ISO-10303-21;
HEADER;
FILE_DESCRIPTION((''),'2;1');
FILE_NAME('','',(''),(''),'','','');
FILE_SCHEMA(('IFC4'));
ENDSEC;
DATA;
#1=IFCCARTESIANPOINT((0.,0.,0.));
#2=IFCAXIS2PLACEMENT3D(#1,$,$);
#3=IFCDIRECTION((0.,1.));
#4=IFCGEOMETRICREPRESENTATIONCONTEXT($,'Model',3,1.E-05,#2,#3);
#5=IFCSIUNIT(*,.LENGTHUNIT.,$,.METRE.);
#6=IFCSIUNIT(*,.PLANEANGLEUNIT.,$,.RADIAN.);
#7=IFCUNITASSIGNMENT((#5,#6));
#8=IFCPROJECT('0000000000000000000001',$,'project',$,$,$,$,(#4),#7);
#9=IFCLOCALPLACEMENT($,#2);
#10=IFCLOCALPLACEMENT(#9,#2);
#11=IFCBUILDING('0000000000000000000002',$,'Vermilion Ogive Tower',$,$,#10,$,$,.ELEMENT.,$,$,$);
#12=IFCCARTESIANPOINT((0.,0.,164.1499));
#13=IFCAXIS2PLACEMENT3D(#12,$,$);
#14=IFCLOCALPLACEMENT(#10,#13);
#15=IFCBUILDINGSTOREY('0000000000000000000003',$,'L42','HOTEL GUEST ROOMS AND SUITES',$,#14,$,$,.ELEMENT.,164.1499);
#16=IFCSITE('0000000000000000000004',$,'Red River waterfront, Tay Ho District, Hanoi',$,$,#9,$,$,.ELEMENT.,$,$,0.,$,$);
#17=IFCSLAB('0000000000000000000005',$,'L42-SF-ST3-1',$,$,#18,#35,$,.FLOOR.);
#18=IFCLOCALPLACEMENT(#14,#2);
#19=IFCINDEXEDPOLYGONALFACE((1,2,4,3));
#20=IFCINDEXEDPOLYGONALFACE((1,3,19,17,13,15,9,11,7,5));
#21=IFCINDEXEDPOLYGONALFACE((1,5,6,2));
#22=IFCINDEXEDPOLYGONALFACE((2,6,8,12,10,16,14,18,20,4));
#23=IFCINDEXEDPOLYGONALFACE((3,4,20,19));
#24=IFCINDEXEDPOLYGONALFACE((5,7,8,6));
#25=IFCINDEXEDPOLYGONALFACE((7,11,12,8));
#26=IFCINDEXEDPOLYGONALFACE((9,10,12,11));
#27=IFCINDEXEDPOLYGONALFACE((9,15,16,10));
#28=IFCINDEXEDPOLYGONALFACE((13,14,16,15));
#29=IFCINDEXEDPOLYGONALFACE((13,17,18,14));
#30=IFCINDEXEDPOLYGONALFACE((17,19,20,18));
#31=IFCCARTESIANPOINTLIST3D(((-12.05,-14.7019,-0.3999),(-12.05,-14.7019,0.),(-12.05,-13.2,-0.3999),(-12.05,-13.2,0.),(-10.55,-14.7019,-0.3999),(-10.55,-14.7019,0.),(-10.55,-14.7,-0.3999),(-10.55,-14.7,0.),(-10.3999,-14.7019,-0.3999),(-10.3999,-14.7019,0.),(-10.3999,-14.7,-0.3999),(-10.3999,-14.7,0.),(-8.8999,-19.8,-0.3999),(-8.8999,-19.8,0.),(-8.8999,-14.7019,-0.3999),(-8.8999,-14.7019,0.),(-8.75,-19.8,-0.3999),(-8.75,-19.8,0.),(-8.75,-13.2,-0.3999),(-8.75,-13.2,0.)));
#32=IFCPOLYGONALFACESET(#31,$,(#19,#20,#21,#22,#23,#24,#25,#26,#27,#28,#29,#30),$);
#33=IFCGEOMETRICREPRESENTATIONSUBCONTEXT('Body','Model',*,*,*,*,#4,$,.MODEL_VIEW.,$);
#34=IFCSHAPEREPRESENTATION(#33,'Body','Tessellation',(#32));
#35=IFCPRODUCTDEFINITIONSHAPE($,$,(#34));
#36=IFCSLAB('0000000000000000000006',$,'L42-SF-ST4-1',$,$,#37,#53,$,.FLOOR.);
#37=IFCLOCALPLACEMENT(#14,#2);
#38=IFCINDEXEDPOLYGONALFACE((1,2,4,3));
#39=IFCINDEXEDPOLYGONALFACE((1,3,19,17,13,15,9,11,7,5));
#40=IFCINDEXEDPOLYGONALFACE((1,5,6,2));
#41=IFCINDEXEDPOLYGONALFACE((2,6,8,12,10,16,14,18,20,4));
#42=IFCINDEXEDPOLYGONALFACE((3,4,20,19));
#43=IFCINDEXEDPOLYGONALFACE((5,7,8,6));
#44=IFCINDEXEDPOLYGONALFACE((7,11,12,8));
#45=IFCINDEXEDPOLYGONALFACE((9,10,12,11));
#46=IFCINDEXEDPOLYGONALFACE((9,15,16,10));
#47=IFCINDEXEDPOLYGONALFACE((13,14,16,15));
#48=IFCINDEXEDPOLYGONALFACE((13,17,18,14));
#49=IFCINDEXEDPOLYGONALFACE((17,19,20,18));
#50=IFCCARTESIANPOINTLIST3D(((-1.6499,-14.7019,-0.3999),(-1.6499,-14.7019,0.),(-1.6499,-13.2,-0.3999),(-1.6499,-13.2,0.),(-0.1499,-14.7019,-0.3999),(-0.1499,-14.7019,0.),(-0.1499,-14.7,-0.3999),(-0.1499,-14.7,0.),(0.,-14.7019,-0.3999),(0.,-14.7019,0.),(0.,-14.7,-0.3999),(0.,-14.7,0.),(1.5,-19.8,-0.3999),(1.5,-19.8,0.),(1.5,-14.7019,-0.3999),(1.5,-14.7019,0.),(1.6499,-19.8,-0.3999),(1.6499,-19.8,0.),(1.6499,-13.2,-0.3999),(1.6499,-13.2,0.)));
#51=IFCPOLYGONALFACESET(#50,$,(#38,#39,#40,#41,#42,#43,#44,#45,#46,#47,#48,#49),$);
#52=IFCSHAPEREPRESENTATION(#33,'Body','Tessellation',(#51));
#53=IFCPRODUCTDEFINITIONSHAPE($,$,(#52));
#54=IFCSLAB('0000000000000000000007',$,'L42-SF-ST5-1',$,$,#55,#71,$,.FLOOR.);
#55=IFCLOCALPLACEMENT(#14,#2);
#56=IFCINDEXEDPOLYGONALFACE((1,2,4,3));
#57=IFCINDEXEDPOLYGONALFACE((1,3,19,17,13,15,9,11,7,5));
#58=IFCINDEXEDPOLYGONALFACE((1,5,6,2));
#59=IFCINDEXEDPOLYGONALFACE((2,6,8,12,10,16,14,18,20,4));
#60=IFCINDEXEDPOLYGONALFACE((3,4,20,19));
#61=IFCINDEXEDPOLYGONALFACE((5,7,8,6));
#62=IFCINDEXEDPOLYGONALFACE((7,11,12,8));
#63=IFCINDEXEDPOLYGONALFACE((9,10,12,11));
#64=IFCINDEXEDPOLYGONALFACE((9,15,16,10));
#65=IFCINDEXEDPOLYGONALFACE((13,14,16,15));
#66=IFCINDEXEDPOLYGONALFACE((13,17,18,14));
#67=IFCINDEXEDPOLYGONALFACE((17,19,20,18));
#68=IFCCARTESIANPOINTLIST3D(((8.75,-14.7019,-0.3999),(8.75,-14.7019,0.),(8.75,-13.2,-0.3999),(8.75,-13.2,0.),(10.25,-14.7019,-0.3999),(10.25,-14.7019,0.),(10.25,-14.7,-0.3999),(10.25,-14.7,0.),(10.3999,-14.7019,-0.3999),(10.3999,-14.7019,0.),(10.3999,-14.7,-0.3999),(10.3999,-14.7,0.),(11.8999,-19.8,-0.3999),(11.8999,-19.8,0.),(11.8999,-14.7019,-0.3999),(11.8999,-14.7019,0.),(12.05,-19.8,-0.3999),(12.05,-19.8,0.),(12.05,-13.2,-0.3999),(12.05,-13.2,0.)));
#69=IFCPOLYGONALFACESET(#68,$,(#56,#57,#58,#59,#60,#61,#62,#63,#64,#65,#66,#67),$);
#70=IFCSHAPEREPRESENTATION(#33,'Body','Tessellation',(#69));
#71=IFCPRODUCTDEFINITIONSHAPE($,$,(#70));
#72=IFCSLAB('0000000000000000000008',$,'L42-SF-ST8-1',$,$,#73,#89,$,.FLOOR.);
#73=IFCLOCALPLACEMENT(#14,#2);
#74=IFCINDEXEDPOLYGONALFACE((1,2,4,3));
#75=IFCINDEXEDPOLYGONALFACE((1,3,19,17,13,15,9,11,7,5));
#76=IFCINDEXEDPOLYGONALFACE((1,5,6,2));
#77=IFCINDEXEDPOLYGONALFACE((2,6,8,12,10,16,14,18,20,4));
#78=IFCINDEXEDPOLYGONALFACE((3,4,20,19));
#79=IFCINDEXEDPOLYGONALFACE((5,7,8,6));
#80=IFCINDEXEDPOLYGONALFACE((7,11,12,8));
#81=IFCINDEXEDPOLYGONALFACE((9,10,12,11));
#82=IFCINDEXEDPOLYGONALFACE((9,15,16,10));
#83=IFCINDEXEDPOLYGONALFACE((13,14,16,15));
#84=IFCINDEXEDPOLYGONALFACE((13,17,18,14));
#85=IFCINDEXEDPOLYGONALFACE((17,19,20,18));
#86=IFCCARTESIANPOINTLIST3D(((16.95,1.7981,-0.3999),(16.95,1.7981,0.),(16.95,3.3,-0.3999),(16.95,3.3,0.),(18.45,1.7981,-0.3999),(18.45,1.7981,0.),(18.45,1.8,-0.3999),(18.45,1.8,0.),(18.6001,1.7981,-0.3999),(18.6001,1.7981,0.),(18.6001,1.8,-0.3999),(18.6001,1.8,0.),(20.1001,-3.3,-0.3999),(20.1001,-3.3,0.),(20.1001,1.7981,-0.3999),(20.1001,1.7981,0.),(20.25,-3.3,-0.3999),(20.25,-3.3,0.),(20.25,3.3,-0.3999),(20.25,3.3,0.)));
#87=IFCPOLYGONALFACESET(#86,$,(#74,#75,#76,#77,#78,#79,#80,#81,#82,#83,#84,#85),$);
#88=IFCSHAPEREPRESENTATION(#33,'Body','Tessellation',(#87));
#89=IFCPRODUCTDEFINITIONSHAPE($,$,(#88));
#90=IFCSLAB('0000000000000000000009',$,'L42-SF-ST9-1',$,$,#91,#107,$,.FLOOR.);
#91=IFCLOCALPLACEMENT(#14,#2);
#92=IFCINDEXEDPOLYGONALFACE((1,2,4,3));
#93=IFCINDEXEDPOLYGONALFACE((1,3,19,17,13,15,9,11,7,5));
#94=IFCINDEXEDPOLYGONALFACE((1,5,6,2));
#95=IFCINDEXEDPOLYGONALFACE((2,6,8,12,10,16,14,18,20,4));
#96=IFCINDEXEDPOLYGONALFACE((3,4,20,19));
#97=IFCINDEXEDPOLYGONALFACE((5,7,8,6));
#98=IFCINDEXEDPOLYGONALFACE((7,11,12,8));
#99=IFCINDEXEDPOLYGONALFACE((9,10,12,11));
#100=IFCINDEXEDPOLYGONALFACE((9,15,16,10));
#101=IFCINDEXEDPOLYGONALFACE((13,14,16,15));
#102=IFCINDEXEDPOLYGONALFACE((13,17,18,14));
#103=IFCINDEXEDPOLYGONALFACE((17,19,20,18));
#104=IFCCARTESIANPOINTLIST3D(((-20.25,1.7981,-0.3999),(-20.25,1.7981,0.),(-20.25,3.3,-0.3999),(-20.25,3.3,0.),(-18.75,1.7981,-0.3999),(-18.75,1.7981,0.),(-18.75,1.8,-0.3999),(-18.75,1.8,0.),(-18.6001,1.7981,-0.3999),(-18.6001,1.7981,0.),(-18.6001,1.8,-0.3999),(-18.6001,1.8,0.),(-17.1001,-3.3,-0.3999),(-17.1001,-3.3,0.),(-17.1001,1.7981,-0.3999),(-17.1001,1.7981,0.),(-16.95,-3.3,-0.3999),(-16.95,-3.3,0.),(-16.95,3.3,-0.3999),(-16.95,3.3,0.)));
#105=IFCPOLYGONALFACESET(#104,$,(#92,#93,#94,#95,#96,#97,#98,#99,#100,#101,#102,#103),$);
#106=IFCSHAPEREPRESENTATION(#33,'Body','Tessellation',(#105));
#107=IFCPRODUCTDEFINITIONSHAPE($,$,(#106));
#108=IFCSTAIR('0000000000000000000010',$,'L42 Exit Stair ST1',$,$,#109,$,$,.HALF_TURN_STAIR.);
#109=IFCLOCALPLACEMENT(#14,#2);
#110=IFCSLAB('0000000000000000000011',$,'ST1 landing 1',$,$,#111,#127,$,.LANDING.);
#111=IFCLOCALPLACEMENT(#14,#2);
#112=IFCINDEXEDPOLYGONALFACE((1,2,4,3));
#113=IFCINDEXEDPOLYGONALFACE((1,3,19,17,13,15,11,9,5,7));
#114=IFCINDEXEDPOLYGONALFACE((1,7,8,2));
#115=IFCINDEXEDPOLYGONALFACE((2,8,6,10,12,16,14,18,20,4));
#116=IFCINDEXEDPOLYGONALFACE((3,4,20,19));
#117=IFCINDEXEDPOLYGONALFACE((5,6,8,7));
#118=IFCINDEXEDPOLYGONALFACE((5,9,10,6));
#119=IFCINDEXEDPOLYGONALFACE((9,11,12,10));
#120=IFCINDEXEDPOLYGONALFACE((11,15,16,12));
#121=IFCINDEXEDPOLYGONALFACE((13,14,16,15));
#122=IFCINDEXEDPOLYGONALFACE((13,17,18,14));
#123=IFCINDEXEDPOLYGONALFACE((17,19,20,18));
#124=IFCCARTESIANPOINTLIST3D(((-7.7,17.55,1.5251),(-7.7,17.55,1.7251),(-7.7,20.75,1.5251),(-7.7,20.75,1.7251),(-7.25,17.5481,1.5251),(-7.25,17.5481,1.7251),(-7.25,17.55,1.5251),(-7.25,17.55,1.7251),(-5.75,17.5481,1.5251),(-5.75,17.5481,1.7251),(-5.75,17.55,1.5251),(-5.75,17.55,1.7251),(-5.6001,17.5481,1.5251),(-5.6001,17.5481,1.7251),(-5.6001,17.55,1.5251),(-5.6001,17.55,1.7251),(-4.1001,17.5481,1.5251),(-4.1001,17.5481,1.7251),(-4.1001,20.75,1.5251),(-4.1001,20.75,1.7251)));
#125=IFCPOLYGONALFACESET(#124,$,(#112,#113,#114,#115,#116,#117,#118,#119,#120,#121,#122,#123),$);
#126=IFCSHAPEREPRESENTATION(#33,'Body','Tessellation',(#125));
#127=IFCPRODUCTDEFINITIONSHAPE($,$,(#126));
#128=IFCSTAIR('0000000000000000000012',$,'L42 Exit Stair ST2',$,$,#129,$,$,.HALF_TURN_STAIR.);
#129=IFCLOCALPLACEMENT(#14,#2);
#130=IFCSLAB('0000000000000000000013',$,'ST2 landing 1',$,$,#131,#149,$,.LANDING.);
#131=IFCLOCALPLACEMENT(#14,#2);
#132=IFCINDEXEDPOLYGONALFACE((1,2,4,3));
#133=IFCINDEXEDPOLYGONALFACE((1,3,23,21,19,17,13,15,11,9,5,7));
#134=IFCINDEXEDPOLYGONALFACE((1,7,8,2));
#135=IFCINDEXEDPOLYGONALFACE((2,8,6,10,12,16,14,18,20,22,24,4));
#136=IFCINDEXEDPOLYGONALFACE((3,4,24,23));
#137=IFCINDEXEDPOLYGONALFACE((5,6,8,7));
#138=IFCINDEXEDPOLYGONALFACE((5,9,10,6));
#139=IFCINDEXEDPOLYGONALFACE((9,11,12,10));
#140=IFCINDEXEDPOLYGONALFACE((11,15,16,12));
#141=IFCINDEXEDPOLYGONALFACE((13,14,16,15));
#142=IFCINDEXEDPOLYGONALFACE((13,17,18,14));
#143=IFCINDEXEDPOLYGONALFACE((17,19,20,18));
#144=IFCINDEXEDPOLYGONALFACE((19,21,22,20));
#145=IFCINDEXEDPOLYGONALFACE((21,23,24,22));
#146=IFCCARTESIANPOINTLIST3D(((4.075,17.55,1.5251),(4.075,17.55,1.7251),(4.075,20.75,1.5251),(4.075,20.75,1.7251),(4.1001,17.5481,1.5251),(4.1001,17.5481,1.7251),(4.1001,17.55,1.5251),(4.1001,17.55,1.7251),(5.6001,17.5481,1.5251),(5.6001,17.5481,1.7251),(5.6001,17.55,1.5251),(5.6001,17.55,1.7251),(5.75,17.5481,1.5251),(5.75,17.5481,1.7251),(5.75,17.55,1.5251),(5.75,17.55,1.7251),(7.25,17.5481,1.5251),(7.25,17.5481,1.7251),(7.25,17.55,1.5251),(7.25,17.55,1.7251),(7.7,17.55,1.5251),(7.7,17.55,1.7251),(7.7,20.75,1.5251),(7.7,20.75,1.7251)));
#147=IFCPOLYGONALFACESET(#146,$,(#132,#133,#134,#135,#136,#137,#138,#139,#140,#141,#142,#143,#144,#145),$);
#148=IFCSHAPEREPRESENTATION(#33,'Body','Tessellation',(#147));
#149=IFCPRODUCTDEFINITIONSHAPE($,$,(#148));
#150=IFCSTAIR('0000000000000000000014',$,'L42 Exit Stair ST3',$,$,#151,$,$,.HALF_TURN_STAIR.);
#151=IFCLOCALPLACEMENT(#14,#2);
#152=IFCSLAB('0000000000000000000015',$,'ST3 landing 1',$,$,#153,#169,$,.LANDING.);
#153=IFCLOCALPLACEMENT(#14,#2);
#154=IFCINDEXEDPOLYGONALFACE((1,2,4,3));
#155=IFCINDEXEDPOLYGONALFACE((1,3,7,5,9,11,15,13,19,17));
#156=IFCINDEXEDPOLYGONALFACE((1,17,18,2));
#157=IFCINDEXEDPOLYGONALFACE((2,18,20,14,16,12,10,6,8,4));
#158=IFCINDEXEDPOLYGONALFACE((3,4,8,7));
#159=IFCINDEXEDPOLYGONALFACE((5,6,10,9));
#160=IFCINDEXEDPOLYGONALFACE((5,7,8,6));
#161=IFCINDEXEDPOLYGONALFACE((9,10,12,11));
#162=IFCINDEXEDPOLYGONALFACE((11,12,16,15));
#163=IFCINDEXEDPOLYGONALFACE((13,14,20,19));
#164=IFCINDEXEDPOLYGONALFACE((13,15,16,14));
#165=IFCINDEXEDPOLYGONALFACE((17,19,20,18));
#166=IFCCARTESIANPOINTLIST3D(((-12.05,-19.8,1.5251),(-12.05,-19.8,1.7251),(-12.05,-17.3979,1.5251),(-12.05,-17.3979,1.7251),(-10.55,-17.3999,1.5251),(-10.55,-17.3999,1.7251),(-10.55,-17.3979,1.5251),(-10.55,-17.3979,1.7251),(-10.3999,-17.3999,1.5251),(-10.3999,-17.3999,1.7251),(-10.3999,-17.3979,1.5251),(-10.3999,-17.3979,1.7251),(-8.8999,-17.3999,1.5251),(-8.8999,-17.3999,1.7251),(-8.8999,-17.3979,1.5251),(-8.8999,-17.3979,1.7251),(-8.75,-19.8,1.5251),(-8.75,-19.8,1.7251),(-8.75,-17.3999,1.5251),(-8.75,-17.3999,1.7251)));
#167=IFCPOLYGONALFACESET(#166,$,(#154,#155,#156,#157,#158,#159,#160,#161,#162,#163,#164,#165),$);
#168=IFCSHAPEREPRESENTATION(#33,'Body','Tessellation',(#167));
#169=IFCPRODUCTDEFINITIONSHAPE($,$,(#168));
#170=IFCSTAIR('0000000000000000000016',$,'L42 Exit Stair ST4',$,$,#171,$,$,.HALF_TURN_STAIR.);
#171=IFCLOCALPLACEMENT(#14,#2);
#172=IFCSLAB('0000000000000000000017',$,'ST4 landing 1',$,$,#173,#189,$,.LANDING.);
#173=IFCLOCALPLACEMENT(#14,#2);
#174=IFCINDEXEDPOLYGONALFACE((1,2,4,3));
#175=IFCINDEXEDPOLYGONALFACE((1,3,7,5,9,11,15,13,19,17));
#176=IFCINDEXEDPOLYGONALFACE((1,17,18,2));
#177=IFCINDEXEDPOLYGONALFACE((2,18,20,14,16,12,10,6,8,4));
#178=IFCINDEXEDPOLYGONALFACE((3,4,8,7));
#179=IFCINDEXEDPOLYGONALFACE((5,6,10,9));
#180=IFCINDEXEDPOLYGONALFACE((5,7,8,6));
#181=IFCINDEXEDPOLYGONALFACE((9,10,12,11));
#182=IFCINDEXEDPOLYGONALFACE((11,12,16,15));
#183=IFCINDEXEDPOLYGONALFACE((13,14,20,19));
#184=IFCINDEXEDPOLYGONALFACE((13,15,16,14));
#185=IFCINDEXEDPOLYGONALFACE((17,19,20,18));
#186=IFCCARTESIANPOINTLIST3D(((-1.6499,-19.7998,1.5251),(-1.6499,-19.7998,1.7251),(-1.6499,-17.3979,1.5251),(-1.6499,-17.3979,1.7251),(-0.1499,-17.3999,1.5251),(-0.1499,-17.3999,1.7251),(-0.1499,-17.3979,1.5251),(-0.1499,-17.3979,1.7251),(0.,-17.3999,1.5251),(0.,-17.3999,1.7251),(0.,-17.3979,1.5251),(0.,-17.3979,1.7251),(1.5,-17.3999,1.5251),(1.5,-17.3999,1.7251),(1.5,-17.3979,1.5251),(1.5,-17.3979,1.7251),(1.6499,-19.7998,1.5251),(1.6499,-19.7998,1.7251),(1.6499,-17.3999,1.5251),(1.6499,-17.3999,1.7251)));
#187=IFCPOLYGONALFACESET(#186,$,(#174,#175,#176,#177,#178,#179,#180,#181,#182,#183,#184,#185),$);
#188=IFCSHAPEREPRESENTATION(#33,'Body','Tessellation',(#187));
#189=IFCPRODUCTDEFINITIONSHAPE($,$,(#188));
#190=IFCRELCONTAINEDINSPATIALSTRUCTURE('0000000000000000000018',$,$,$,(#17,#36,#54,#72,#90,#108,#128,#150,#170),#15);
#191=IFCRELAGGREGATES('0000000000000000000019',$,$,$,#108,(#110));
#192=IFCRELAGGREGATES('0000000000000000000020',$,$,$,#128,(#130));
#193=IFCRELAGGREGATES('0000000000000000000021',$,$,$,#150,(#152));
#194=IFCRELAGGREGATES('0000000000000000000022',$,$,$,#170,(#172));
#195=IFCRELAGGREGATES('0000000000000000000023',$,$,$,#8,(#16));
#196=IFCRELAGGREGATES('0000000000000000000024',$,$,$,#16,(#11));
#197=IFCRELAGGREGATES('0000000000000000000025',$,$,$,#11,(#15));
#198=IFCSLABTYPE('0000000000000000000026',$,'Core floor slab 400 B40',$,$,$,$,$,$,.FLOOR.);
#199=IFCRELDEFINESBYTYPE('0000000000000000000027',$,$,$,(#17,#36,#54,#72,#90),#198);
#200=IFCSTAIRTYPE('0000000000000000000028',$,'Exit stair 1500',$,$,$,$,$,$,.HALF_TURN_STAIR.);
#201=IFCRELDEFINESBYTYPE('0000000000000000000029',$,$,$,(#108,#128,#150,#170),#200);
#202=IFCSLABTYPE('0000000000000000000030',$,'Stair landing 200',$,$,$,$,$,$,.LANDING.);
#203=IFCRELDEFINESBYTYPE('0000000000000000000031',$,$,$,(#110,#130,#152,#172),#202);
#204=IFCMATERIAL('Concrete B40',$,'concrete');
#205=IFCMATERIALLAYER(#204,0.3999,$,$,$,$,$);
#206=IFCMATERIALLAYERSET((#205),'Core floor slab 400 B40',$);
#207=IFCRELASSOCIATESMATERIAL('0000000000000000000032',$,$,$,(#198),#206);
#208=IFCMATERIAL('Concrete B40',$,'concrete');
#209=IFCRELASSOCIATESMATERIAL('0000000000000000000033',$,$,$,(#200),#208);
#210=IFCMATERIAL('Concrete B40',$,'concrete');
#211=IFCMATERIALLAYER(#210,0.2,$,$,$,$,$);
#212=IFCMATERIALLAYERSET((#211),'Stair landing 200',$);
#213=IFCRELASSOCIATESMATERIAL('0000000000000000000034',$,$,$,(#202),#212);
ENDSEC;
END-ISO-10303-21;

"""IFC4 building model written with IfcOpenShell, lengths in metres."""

from ifc_helpers import new_model, si_unit, direction, frame, origin, place, context, subcontext, project, spatial, polyline, outline, extrude, material, layer, layer_set, type_object, element, aggregate, save


model = new_model("IFC4")

# Units and contexts
model_context = context("Model", 3, precision=1e-05, world=origin(), true_north=direction((0.0, 1.0)))
body_context = subcontext(model_context, "Body", "Model", "MODEL_VIEW")
ifc_project = project(units=[si_unit("LENGTHUNIT", "METRE"), si_unit("PLANEANGLEUNIT", "RADIAN")], contexts=[model_context])

# Site, building, storey
site_placement = place(None, origin())
site = spatial("IfcSite", under=ifc_project, at=site_placement, Name="Red River waterfront, Tay Ho District, Hanoi", CompositionType="ELEMENT", RefElevation=0.0)
building_placement = place(site_placement, origin())
building = spatial("IfcBuilding", under=site, at=building_placement, Name="Vermilion Ogive Tower", CompositionType="ELEMENT")
storey_placement = place(building_placement, frame((0.0, 0.0, 164.1499)))
storey = spatial("IfcBuildingStorey", under=building, at=storey_placement, Name="L42", Description="HOTEL GUEST ROOMS AND SUITES", CompositionType="ELEMENT", Elevation=164.1499)

# Slabs
ifc_material_1 = material(Name="Concrete B40", Category="concrete")
ifc_layer_1 = layer(ifc_material_1, 0.3999)
ifc_layer_set_1 = layer_set([ifc_layer_1], Name="Core floor slab 400 B40")
slab_type_1 = type_object("IfcSlabType", Name="Core floor slab 400 B40", PredefinedType="FLOOR", material=ifc_layer_set_1)
slab_1_placement = place(storey_placement, frame((0.0, 0.0, -0.3999)))
element("IfcSlab", 1, at=slab_1_placement, inside=storey, type_object=slab_type_1, Name="L42-SF-ST3-1", PredefinedType="FLOOR", context=body_context, shape_type="SweptSolid", body=[
    extrude(outline(polyline([(-12.05, -13.2), (-12.05, -14.7019), (-10.55, -14.7019), (-10.55, -14.7), (-10.3999, -14.7), (-10.3999, -14.7019), (-8.8999, -14.7019), (-8.8999, -19.8), (-8.75, -19.8), (-8.75, -13.2), (-12.05, -13.2)])), origin(), (0.0, 0.0, 1.0), 0.3999),
])
slab_2_placement = place(storey_placement, frame((0.0, 0.0, -0.3999)))
element("IfcSlab", 2, at=slab_2_placement, inside=storey, type_object=slab_type_1, Name="L42-SF-ST4-1", PredefinedType="FLOOR", context=body_context, shape_type="SweptSolid", body=[
    extrude(outline(polyline([(-1.6499, -13.2), (-1.6499, -14.7019), (-0.1499, -14.7019), (-0.1499, -14.7), (0.0, -14.7), (0.0, -14.7019), (1.5, -14.7019), (1.5, -19.8), (1.6499, -19.8), (1.6499, -13.2), (-1.6499, -13.2)])), origin(), (0.0, 0.0, 1.0), 0.3999),
])
slab_3_placement = place(storey_placement, frame((0.0, 0.0, -0.3999)))
element("IfcSlab", 3, at=slab_3_placement, inside=storey, type_object=slab_type_1, Name="L42-SF-ST5-1", PredefinedType="FLOOR", context=body_context, shape_type="SweptSolid", body=[
    extrude(outline(polyline([(8.75, -13.2), (8.75, -14.7019), (10.25, -14.7019), (10.25, -14.7), (10.3999, -14.7), (10.3999, -14.7019), (11.8999, -14.7019), (11.8999, -19.8), (12.05, -19.8), (12.05, -13.2), (8.75, -13.2)])), origin(), (0.0, 0.0, 1.0), 0.3999),
])
slab_4_placement = place(storey_placement, frame((0.0, 0.0, -0.3999)))
element("IfcSlab", 4, at=slab_4_placement, inside=storey, type_object=slab_type_1, Name="L42-SF-ST8-1", PredefinedType="FLOOR", context=body_context, shape_type="SweptSolid", body=[
    extrude(outline(polyline([(16.95, 3.3), (16.95, 1.7981), (18.45, 1.7981), (18.45, 1.8), (18.6001, 1.8), (18.6001, 1.7981), (20.1001, 1.7981), (20.1001, -3.3), (20.25, -3.3), (20.25, 3.3), (16.95, 3.3)])), origin(), (0.0, 0.0, 1.0), 0.3999),
])
slab_5_placement = place(storey_placement, frame((0.0, 0.0, -0.3999)))
element("IfcSlab", 5, at=slab_5_placement, inside=storey, type_object=slab_type_1, Name="L42-SF-ST9-1", PredefinedType="FLOOR", context=body_context, shape_type="SweptSolid", body=[
    extrude(outline(polyline([(-20.25, 3.3), (-20.25, 1.7981), (-18.75, 1.7981), (-18.75, 1.8), (-18.6001, 1.8), (-18.6001, 1.7981), (-17.1001, 1.7981), (-17.1001, -3.3), (-16.95, -3.3), (-16.95, 3.3), (-20.25, 3.3)])), origin(), (0.0, 0.0, 1.0), 0.3999),
])

# Stairs, slabs
ifc_material_2 = material(Name="Concrete B40", Category="concrete")
stair_type = type_object("IfcStairType", Name="Exit stair 1500", PredefinedType="HALF_TURN_STAIR", material=ifc_material_2)
stair_1_placement = place(storey_placement, origin())
stair_1 = element("IfcStair", 6, at=stair_1_placement, inside=storey, type_object=stair_type, Name="L42 Exit Stair ST1", PredefinedType="HALF_TURN_STAIR")
ifc_material_3 = material(Name="Concrete B40", Category="concrete")
ifc_layer_2 = layer(ifc_material_3, 0.2)
ifc_layer_set_2 = layer_set([ifc_layer_2], Name="Stair landing 200")
slab_type_2 = type_object("IfcSlabType", Name="Stair landing 200", PredefinedType="LANDING", material=ifc_layer_set_2)
slab_6_placement = place(storey_placement, frame((0.0, 0.0, 1.5251)))
slab_6 = element("IfcSlab", 7, at=slab_6_placement, type_object=slab_type_2, Name="ST1 landing 1", PredefinedType="LANDING", context=body_context, shape_type="SweptSolid", body=[
    extrude(outline(polyline([(-7.7, 17.55), (-7.25, 17.55), (-7.25, 17.5481), (-5.75, 17.5481), (-5.75, 17.55), (-5.6001, 17.55), (-5.6001, 17.5481), (-4.1001, 17.5481), (-4.1001, 20.75), (-7.7, 20.75), (-7.7, 17.55)])), origin(), (0.0, 0.0, 1.0), 0.2),
])
aggregate(stair_1, [slab_6])
stair_2_placement = place(storey_placement, origin())
stair_2 = element("IfcStair", 8, at=stair_2_placement, inside=storey, type_object=stair_type, Name="L42 Exit Stair ST2", PredefinedType="HALF_TURN_STAIR")
slab_7_placement = place(storey_placement, frame((0.0, 0.0, 1.5251)))
slab_7 = element("IfcSlab", 9, at=slab_7_placement, type_object=slab_type_2, Name="ST2 landing 1", PredefinedType="LANDING", context=body_context, shape_type="SweptSolid", body=[
    extrude(outline(polyline([(5.6001, 17.55), (5.75, 17.55), (5.75, 17.5481), (7.25, 17.5481), (7.25, 17.55), (7.7, 17.55), (7.7, 20.75), (4.075, 20.75), (4.075, 17.55), (4.1001, 17.55), (4.1001, 17.5481), (5.6001, 17.5481), (5.6001, 17.55)])), origin(), (0.0, 0.0, 1.0), 0.2),
])
aggregate(stair_2, [slab_7])
stair_3_placement = place(storey_placement, origin())
stair_3 = element("IfcStair", 10, at=stair_3_placement, inside=storey, type_object=stair_type, Name="L42 Exit Stair ST3", PredefinedType="HALF_TURN_STAIR")
slab_8_placement = place(storey_placement, frame((0.0, 0.0, 1.5251)))
slab_8 = element("IfcSlab", 11, at=slab_8_placement, type_object=slab_type_2, Name="ST3 landing 1", PredefinedType="LANDING", context=body_context, shape_type="SweptSolid", body=[
    extrude(outline(polyline([(-8.75, -17.3999), (-8.8999, -17.3999), (-8.8999, -17.3979), (-10.3999, -17.3979), (-10.3999, -17.3999), (-10.55, -17.3999), (-10.55, -17.3979), (-12.05, -17.3979), (-12.05, -19.8), (-8.75, -19.8), (-8.75, -17.3999)])), origin(), (0.0, 0.0, 1.0), 0.2),
])
aggregate(stair_3, [slab_8])
stair_4_placement = place(storey_placement, origin())
stair_4 = element("IfcStair", 12, at=stair_4_placement, inside=storey, type_object=stair_type, Name="L42 Exit Stair ST4", PredefinedType="HALF_TURN_STAIR")
slab_9_placement = place(storey_placement, frame((0.0, 0.0, 1.5251)))
slab_9 = element("IfcSlab", 13, at=slab_9_placement, type_object=slab_type_2, Name="ST4 landing 1", PredefinedType="LANDING", context=body_context, shape_type="SweptSolid", body=[
    extrude(outline(polyline([(1.6499, -17.3999), (1.5, -17.3999), (1.5, -17.3979), (0.0, -17.3979), (0.0, -17.3999), (-0.1499, -17.3999), (-0.1499, -17.3979), (-1.6499, -17.3979), (-1.6499, -19.7998), (1.6499, -19.7998), (1.6499, -17.3999)])), origin(), (0.0, 0.0, 1.0), 0.2),
])
aggregate(stair_4, [slab_9])

save(model, "model.ifc")
